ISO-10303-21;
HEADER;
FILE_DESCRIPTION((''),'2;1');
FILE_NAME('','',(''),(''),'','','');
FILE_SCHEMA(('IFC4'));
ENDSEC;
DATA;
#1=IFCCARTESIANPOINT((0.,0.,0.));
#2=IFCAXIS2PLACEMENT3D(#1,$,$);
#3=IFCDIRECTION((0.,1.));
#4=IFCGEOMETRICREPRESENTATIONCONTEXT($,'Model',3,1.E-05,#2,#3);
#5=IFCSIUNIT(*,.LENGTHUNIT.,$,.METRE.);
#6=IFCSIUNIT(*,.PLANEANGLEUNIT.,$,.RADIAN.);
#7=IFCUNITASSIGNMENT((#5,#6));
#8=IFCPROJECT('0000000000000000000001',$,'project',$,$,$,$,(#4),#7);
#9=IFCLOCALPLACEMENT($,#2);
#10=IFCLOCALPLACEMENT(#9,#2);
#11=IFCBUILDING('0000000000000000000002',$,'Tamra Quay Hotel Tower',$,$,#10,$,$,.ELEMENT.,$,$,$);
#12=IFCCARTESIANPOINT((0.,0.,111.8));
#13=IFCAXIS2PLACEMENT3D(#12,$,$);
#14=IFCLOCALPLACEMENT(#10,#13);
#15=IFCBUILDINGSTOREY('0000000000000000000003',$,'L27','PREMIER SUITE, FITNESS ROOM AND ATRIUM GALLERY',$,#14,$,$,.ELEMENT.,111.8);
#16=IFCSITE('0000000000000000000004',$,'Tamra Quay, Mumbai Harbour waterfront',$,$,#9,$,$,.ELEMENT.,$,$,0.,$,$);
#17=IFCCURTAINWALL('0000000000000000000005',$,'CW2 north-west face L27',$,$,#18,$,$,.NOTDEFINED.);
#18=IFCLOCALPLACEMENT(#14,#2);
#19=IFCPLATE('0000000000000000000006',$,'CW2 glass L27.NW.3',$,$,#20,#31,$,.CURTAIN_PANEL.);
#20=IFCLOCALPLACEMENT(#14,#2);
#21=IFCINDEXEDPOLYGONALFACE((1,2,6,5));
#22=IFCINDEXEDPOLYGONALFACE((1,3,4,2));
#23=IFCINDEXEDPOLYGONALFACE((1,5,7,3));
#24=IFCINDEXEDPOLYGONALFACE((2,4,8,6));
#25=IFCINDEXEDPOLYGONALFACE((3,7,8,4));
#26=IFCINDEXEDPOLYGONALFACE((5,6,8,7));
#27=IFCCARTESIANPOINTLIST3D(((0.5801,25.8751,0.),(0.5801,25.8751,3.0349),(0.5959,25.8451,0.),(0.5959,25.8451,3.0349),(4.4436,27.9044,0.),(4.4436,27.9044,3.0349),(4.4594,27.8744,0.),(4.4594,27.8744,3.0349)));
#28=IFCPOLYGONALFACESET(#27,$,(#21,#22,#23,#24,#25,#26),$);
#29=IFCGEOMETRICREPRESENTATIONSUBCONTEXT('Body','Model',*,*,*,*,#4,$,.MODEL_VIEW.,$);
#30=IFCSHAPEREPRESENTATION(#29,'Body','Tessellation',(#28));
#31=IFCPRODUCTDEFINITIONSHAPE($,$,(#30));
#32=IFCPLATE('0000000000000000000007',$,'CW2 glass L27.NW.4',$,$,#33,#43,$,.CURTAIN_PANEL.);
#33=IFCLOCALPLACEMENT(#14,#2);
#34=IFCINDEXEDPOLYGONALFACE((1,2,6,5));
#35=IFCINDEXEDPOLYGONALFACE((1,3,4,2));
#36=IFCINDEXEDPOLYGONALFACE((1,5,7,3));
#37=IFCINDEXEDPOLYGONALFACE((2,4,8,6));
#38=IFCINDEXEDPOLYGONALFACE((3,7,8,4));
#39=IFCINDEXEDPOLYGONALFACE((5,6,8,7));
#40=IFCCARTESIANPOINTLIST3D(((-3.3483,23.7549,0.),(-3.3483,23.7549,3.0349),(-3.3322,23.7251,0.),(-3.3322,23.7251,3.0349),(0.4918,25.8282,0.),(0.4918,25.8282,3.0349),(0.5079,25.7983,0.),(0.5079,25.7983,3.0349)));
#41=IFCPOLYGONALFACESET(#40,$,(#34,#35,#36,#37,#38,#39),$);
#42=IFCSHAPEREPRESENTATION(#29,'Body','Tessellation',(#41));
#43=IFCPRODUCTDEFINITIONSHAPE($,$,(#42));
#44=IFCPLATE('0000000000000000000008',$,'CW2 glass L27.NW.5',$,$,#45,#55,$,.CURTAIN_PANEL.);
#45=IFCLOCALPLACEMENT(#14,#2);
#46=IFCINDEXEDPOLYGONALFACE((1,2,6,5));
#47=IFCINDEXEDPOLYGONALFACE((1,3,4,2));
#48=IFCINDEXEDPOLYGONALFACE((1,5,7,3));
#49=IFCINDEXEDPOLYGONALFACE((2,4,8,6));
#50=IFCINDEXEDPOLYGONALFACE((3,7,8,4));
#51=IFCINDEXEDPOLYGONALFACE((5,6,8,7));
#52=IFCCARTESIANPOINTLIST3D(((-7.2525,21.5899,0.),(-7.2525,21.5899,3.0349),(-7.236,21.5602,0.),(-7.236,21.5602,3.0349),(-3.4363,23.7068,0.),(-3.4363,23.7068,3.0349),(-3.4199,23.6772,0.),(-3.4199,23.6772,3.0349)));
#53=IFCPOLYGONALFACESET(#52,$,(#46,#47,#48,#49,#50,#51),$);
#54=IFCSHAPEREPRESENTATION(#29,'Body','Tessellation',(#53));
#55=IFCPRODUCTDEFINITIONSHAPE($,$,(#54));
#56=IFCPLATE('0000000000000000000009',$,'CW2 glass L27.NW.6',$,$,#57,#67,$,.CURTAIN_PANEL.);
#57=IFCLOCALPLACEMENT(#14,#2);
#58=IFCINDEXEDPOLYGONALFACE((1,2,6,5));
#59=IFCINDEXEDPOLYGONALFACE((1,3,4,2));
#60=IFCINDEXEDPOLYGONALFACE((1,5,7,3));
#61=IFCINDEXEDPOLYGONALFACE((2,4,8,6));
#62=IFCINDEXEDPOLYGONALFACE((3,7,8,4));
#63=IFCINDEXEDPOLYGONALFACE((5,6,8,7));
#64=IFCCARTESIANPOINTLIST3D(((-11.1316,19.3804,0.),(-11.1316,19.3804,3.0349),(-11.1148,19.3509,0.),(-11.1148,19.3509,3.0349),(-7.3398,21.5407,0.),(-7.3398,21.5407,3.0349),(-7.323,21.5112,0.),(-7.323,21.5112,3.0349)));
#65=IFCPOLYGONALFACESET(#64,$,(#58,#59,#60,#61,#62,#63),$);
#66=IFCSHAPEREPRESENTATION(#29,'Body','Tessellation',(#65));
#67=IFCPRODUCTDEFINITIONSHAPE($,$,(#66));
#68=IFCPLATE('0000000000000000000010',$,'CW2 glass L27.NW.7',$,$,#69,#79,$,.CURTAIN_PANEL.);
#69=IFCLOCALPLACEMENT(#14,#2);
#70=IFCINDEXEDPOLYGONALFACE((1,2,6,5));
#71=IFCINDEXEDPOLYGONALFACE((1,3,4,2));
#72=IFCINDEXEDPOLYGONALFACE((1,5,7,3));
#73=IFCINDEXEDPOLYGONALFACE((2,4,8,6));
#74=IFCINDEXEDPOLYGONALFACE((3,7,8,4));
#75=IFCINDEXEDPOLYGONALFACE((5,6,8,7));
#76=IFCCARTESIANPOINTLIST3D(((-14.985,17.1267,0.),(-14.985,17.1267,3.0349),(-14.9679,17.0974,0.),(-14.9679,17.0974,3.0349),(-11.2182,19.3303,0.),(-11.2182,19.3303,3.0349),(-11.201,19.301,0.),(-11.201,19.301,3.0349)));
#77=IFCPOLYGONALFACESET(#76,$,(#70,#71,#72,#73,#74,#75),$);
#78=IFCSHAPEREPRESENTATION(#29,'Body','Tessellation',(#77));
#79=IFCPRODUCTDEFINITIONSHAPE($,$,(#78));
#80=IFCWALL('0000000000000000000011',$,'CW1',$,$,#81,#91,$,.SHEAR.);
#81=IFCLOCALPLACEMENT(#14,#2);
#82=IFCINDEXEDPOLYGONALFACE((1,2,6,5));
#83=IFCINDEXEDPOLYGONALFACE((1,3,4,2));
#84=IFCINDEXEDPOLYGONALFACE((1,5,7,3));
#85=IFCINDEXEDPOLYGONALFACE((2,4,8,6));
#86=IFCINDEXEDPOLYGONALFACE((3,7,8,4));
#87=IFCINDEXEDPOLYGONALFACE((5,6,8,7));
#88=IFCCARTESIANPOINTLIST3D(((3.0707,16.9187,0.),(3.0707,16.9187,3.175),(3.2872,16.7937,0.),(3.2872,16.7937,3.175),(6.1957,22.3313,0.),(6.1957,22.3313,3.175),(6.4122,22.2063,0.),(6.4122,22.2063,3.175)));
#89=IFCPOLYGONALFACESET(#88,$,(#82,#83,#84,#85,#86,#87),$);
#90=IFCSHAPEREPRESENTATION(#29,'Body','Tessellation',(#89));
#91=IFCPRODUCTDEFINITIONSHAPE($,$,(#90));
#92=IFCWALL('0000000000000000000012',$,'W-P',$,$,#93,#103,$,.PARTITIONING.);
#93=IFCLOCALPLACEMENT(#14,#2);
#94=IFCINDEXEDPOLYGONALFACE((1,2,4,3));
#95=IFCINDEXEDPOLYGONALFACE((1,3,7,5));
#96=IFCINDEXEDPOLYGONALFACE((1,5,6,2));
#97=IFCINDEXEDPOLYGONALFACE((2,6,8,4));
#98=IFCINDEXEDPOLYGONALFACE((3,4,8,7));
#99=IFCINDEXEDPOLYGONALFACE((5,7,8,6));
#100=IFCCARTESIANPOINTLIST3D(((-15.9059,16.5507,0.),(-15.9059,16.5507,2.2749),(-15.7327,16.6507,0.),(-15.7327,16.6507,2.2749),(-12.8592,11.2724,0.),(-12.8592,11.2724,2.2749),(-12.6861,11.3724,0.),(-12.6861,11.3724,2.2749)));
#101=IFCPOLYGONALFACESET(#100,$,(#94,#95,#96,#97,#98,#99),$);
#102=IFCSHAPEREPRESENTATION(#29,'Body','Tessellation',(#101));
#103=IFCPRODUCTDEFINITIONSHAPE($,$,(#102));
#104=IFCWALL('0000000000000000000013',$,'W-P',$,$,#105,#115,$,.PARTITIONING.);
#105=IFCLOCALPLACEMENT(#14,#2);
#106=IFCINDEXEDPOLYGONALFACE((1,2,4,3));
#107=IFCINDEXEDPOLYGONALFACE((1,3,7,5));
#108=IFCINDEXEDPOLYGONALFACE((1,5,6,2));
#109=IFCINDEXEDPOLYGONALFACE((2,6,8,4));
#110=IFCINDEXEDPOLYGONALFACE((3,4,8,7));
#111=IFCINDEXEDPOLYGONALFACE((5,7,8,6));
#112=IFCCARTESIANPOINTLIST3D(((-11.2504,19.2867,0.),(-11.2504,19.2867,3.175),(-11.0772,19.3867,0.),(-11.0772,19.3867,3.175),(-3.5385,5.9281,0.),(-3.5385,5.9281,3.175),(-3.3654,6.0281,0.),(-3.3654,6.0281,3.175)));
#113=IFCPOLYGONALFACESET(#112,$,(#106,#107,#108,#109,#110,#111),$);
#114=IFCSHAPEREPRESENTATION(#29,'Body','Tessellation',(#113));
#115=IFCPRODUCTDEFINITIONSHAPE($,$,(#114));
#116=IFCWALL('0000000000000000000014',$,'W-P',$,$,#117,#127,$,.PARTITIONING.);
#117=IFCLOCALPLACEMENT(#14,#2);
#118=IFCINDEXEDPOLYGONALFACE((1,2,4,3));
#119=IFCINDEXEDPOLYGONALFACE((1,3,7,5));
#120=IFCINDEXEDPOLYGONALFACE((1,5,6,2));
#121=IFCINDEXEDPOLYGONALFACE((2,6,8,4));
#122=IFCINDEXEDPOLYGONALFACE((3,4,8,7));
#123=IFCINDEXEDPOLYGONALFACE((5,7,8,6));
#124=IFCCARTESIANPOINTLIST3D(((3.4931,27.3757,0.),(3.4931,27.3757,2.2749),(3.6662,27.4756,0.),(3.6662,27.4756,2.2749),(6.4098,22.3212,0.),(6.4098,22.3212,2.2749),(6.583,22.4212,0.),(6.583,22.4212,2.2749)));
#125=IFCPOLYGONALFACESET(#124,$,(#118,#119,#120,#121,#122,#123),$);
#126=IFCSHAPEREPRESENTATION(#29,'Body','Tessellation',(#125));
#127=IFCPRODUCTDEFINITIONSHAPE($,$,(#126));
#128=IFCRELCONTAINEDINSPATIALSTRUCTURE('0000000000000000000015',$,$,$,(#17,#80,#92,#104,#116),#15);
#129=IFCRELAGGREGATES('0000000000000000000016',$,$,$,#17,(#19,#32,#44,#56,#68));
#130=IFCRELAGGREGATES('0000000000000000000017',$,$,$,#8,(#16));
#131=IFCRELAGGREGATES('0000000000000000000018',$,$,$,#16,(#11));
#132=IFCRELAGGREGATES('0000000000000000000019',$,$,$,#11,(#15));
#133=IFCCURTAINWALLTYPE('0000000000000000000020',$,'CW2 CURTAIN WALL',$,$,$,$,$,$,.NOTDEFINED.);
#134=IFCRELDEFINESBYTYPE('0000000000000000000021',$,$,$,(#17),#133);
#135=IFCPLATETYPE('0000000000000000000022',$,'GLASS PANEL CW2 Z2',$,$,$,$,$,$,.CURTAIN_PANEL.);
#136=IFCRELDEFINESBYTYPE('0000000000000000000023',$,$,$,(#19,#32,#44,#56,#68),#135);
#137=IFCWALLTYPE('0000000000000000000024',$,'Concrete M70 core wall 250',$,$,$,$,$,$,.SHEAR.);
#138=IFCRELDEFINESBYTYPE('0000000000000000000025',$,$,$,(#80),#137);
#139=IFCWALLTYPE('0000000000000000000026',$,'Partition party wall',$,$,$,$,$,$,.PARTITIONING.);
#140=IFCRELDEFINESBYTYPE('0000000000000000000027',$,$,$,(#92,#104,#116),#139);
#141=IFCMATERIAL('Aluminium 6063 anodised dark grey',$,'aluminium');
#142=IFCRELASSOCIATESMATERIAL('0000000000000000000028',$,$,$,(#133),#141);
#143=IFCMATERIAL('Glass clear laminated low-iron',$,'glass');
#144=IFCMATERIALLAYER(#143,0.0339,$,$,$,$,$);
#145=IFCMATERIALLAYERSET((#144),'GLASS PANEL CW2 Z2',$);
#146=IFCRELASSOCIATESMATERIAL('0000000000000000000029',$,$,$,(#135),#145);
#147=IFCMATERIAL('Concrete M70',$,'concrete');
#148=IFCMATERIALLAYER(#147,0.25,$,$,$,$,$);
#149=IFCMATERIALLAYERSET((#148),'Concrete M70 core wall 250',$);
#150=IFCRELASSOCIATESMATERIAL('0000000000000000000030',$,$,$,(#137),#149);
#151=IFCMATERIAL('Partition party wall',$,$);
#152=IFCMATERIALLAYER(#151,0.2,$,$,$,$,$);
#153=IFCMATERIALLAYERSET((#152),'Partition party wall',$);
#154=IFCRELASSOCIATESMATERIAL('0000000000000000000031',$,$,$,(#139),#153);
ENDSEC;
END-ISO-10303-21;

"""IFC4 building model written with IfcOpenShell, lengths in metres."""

from ifc_helpers import new_model, si_unit, direction, frame, frame_2d, origin, origin_2d, place, context, subcontext, project, spatial, rectangle, extrude, material, layer, layer_set, type_object, element, aggregate, save


model = new_model("IFC4")

# Units and contexts
model_context = context("Model", 3, precision=1e-05, world=origin(), true_north=direction((0.0, 1.0)))
body_context = subcontext(model_context, "Body", "Model", "MODEL_VIEW")
ifc_project = project(units=[si_unit("LENGTHUNIT", "METRE"), si_unit("PLANEANGLEUNIT", "RADIAN")], contexts=[model_context])

# Site, building, storey
site_placement = place(None, origin())
site = spatial("IfcSite", under=ifc_project, at=site_placement, Name="Tamra Quay, Mumbai Harbour waterfront", CompositionType="ELEMENT", RefElevation=0.0)
building_placement = place(site_placement, origin())
building = spatial("IfcBuilding", under=site, at=building_placement, Name="Tamra Quay Hotel Tower", CompositionType="ELEMENT")
storey_placement = place(building_placement, frame((0.0, 0.0, 111.8)))
storey = spatial("IfcBuildingStorey", under=building, at=storey_placement, Name="L27", Description="PREMIER SUITE, FITNESS ROOM AND ATRIUM GALLERY", CompositionType="ELEMENT", Elevation=111.8)

# Shared definitions
ifc_material_1 = material(Name="Concrete M70", Category="concrete")

# Curtain wall
ifc_material_2 = material(Name="Aluminium 6063 anodised dark grey", Category="aluminium")
curtain_wall_type = type_object("IfcCurtainWallType", Name="CW2 CURTAIN WALL", PredefinedType="NOTDEFINED", material=ifc_material_2)
curtain_wall_placement = place(storey_placement, origin())
curtain_wall = element("IfcCurtainWall", 1, at=curtain_wall_placement, inside=storey, type_object=curtain_wall_type, Name="CW2 north-west face L27", PredefinedType="NOTDEFINED")

# Plates
ifc_material_3 = material(Name="Glass clear laminated low-iron", Category="glass")
ifc_layer_1 = layer(ifc_material_3, 0.0339)
ifc_layer_set_1 = layer_set([ifc_layer_1], Name="GLASS PANEL CW2 Z2")
plate_type = type_object("IfcPlateType", Name="GLASS PANEL CW2 Z2", PredefinedType="CURTAIN_PANEL", material=ifc_layer_set_1)
plate_1_placement = place(storey_placement, frame((2.5198, 26.8748, 0.0), z_axis=(0.0, 0.0, 1.0), x_axis=(-0.885306, -0.465009, 0.0)))
plate_1 = element("IfcPlate", 2, at=plate_1_placement, type_object=plate_type, Name="CW2 glass L27.NW.3", PredefinedType="CURTAIN_PANEL", context=body_context, shape_type="SweptSolid", body=[
    extrude(rectangle(XDim=4.364, YDim=0.0339, at=origin_2d()), origin(), (0.0, 0.0, 1.0), 3.0349),
])
plate_2_placement = place(storey_placement, frame((-1.4202, 24.7766, 0.0), z_axis=(0.0, 0.0, 1.0), x_axis=(-0.879946, -0.475074, 0.0)))
plate_2 = element("IfcPlate", 3, at=plate_2_placement, type_object=plate_type, Name="CW2 glass L27.NW.4", PredefinedType="CURTAIN_PANEL", context=body_context, shape_type="SweptSolid", body=[
    extrude(rectangle(XDim=4.364, YDim=0.0339, at=origin_2d()), origin(), (0.0, 0.0, 1.0), 3.0349),
])
plate_3_placement = place(storey_placement, frame((-5.3362, 22.6335, 0.0), z_axis=(0.0, 0.0, 1.0), x_axis=(-0.874465, -0.485088, 0.0)))
plate_3 = element("IfcPlate", 4, at=plate_3_placement, type_object=plate_type, Name="CW2 glass L27.NW.5", PredefinedType="CURTAIN_PANEL", context=body_context, shape_type="SweptSolid", body=[
    extrude(rectangle(XDim=4.364, YDim=0.0339, at=origin_2d()), origin(), (0.0, 0.0, 1.0), 3.0349),
])
plate_4_placement = place(storey_placement, frame((-9.2273, 20.4458, 0.0), z_axis=(0.0, 0.0, 1.0), x_axis=(-0.868868, -0.495045, 0.0)))
plate_4 = element("IfcPlate", 5, at=plate_4_placement, type_object=plate_type, Name="CW2 glass L27.NW.6", PredefinedType="CURTAIN_PANEL", context=body_context, shape_type="SweptSolid", body=[
    extrude(rectangle(XDim=4.364, YDim=0.0339, at=origin_2d()), origin(), (0.0, 0.0, 1.0), 3.0349),
])
plate_5_placement = place(storey_placement, frame((-13.093, 18.2139, 0.0), z_axis=(0.0, 0.0, 1.0), x_axis=(-0.863155, -0.504939, 0.0)))
plate_5 = element("IfcPlate", 6, at=plate_5_placement, type_object=plate_type, Name="CW2 glass L27.NW.7", PredefinedType="CURTAIN_PANEL", context=body_context, shape_type="SweptSolid", body=[
    extrude(rectangle(XDim=4.364, YDim=0.0339, at=origin_2d()), origin(), (0.0, 0.0, 1.0), 3.0349),
])
aggregate(curtain_wall, [plate_1, plate_2, plate_3, plate_4, plate_5])

# Walls
ifc_layer_2 = layer(ifc_material_1, 0.25)
ifc_layer_set_2 = layer_set([ifc_layer_2], Name="Concrete M70 core wall 250")
wall_type_1 = type_object("IfcWallType", Name="Concrete M70 core wall 250", PredefinedType="SHEAR", material=ifc_layer_set_2)
wall_1_placement = place(storey_placement, frame((3.179, 16.8562, 0.0), z_axis=(0.0, 0.0, 1.0), x_axis=(0.500004, 0.866023, 0.0)))
element("IfcWall", 7, at=wall_1_placement, inside=storey, type_object=wall_type_1, Name="CW1", PredefinedType="SHEAR", context=body_context, shape_type="SweptSolid", body=[
    extrude(rectangle(XDim=6.25, YDim=0.25, at=frame_2d((3.125, 0.0))), origin(), (0.0, 0.0, 1.0), 3.175),
])
ifc_material_4 = material(Name="Partition party wall")
ifc_layer_3 = layer(ifc_material_4, 0.2)
ifc_layer_set_3 = layer_set([ifc_layer_3], Name="Partition party wall")
wall_type_2 = type_object("IfcWallType", Name="Partition party wall", PredefinedType="PARTITIONING", material=ifc_layer_set_3)
wall_2_placement = place(storey_placement, frame((-15.8193, 16.6008, 0.0), z_axis=(0.0, 0.0, 1.0), x_axis=(0.4999, -0.866083, 0.0)))
element("IfcWall", 8, at=wall_2_placement, inside=storey, type_object=wall_type_2, Name="W-P", PredefinedType="PARTITIONING", context=body_context, shape_type="SweptSolid", body=[
    extrude(rectangle(XDim=6.0945, YDim=0.2, at=frame_2d((3.0474, 0.0))), origin(), (0.0, 0.0, 1.0), 2.2749),
])
wall_3_placement = place(storey_placement, frame((-11.1638, 19.3367, 0.0), z_axis=(0.0, 0.0, 1.0), x_axis=(0.499966, -0.866045, 0.0)))
element("IfcWall", 9, at=wall_3_placement, inside=storey, type_object=wall_type_2, Name="W-P", PredefinedType="PARTITIONING", context=body_context, shape_type="SweptSolid", body=[
    extrude(rectangle(XDim=15.4248, YDim=0.2, at=frame_2d((7.7124, 0.0))), origin(), (0.0, 0.0, 1.0), 3.175),
])
wall_4_placement = place(storey_placement, frame((3.5796, 27.4258, 0.0), z_axis=(0.0, 0.0, 1.0), x_axis=(0.499815, -0.866132, 0.0)))
element("IfcWall", 10, at=wall_4_placement, inside=storey, type_object=wall_type_2, Name="W-P", PredefinedType="PARTITIONING", context=body_context, shape_type="SweptSolid", body=[
    extrude(rectangle(XDim=5.8357, YDim=0.2, at=frame_2d((2.918, 0.0))), origin(), (0.0, 0.0, 1.0), 2.2749),
])

save(model, "model.ifc")
